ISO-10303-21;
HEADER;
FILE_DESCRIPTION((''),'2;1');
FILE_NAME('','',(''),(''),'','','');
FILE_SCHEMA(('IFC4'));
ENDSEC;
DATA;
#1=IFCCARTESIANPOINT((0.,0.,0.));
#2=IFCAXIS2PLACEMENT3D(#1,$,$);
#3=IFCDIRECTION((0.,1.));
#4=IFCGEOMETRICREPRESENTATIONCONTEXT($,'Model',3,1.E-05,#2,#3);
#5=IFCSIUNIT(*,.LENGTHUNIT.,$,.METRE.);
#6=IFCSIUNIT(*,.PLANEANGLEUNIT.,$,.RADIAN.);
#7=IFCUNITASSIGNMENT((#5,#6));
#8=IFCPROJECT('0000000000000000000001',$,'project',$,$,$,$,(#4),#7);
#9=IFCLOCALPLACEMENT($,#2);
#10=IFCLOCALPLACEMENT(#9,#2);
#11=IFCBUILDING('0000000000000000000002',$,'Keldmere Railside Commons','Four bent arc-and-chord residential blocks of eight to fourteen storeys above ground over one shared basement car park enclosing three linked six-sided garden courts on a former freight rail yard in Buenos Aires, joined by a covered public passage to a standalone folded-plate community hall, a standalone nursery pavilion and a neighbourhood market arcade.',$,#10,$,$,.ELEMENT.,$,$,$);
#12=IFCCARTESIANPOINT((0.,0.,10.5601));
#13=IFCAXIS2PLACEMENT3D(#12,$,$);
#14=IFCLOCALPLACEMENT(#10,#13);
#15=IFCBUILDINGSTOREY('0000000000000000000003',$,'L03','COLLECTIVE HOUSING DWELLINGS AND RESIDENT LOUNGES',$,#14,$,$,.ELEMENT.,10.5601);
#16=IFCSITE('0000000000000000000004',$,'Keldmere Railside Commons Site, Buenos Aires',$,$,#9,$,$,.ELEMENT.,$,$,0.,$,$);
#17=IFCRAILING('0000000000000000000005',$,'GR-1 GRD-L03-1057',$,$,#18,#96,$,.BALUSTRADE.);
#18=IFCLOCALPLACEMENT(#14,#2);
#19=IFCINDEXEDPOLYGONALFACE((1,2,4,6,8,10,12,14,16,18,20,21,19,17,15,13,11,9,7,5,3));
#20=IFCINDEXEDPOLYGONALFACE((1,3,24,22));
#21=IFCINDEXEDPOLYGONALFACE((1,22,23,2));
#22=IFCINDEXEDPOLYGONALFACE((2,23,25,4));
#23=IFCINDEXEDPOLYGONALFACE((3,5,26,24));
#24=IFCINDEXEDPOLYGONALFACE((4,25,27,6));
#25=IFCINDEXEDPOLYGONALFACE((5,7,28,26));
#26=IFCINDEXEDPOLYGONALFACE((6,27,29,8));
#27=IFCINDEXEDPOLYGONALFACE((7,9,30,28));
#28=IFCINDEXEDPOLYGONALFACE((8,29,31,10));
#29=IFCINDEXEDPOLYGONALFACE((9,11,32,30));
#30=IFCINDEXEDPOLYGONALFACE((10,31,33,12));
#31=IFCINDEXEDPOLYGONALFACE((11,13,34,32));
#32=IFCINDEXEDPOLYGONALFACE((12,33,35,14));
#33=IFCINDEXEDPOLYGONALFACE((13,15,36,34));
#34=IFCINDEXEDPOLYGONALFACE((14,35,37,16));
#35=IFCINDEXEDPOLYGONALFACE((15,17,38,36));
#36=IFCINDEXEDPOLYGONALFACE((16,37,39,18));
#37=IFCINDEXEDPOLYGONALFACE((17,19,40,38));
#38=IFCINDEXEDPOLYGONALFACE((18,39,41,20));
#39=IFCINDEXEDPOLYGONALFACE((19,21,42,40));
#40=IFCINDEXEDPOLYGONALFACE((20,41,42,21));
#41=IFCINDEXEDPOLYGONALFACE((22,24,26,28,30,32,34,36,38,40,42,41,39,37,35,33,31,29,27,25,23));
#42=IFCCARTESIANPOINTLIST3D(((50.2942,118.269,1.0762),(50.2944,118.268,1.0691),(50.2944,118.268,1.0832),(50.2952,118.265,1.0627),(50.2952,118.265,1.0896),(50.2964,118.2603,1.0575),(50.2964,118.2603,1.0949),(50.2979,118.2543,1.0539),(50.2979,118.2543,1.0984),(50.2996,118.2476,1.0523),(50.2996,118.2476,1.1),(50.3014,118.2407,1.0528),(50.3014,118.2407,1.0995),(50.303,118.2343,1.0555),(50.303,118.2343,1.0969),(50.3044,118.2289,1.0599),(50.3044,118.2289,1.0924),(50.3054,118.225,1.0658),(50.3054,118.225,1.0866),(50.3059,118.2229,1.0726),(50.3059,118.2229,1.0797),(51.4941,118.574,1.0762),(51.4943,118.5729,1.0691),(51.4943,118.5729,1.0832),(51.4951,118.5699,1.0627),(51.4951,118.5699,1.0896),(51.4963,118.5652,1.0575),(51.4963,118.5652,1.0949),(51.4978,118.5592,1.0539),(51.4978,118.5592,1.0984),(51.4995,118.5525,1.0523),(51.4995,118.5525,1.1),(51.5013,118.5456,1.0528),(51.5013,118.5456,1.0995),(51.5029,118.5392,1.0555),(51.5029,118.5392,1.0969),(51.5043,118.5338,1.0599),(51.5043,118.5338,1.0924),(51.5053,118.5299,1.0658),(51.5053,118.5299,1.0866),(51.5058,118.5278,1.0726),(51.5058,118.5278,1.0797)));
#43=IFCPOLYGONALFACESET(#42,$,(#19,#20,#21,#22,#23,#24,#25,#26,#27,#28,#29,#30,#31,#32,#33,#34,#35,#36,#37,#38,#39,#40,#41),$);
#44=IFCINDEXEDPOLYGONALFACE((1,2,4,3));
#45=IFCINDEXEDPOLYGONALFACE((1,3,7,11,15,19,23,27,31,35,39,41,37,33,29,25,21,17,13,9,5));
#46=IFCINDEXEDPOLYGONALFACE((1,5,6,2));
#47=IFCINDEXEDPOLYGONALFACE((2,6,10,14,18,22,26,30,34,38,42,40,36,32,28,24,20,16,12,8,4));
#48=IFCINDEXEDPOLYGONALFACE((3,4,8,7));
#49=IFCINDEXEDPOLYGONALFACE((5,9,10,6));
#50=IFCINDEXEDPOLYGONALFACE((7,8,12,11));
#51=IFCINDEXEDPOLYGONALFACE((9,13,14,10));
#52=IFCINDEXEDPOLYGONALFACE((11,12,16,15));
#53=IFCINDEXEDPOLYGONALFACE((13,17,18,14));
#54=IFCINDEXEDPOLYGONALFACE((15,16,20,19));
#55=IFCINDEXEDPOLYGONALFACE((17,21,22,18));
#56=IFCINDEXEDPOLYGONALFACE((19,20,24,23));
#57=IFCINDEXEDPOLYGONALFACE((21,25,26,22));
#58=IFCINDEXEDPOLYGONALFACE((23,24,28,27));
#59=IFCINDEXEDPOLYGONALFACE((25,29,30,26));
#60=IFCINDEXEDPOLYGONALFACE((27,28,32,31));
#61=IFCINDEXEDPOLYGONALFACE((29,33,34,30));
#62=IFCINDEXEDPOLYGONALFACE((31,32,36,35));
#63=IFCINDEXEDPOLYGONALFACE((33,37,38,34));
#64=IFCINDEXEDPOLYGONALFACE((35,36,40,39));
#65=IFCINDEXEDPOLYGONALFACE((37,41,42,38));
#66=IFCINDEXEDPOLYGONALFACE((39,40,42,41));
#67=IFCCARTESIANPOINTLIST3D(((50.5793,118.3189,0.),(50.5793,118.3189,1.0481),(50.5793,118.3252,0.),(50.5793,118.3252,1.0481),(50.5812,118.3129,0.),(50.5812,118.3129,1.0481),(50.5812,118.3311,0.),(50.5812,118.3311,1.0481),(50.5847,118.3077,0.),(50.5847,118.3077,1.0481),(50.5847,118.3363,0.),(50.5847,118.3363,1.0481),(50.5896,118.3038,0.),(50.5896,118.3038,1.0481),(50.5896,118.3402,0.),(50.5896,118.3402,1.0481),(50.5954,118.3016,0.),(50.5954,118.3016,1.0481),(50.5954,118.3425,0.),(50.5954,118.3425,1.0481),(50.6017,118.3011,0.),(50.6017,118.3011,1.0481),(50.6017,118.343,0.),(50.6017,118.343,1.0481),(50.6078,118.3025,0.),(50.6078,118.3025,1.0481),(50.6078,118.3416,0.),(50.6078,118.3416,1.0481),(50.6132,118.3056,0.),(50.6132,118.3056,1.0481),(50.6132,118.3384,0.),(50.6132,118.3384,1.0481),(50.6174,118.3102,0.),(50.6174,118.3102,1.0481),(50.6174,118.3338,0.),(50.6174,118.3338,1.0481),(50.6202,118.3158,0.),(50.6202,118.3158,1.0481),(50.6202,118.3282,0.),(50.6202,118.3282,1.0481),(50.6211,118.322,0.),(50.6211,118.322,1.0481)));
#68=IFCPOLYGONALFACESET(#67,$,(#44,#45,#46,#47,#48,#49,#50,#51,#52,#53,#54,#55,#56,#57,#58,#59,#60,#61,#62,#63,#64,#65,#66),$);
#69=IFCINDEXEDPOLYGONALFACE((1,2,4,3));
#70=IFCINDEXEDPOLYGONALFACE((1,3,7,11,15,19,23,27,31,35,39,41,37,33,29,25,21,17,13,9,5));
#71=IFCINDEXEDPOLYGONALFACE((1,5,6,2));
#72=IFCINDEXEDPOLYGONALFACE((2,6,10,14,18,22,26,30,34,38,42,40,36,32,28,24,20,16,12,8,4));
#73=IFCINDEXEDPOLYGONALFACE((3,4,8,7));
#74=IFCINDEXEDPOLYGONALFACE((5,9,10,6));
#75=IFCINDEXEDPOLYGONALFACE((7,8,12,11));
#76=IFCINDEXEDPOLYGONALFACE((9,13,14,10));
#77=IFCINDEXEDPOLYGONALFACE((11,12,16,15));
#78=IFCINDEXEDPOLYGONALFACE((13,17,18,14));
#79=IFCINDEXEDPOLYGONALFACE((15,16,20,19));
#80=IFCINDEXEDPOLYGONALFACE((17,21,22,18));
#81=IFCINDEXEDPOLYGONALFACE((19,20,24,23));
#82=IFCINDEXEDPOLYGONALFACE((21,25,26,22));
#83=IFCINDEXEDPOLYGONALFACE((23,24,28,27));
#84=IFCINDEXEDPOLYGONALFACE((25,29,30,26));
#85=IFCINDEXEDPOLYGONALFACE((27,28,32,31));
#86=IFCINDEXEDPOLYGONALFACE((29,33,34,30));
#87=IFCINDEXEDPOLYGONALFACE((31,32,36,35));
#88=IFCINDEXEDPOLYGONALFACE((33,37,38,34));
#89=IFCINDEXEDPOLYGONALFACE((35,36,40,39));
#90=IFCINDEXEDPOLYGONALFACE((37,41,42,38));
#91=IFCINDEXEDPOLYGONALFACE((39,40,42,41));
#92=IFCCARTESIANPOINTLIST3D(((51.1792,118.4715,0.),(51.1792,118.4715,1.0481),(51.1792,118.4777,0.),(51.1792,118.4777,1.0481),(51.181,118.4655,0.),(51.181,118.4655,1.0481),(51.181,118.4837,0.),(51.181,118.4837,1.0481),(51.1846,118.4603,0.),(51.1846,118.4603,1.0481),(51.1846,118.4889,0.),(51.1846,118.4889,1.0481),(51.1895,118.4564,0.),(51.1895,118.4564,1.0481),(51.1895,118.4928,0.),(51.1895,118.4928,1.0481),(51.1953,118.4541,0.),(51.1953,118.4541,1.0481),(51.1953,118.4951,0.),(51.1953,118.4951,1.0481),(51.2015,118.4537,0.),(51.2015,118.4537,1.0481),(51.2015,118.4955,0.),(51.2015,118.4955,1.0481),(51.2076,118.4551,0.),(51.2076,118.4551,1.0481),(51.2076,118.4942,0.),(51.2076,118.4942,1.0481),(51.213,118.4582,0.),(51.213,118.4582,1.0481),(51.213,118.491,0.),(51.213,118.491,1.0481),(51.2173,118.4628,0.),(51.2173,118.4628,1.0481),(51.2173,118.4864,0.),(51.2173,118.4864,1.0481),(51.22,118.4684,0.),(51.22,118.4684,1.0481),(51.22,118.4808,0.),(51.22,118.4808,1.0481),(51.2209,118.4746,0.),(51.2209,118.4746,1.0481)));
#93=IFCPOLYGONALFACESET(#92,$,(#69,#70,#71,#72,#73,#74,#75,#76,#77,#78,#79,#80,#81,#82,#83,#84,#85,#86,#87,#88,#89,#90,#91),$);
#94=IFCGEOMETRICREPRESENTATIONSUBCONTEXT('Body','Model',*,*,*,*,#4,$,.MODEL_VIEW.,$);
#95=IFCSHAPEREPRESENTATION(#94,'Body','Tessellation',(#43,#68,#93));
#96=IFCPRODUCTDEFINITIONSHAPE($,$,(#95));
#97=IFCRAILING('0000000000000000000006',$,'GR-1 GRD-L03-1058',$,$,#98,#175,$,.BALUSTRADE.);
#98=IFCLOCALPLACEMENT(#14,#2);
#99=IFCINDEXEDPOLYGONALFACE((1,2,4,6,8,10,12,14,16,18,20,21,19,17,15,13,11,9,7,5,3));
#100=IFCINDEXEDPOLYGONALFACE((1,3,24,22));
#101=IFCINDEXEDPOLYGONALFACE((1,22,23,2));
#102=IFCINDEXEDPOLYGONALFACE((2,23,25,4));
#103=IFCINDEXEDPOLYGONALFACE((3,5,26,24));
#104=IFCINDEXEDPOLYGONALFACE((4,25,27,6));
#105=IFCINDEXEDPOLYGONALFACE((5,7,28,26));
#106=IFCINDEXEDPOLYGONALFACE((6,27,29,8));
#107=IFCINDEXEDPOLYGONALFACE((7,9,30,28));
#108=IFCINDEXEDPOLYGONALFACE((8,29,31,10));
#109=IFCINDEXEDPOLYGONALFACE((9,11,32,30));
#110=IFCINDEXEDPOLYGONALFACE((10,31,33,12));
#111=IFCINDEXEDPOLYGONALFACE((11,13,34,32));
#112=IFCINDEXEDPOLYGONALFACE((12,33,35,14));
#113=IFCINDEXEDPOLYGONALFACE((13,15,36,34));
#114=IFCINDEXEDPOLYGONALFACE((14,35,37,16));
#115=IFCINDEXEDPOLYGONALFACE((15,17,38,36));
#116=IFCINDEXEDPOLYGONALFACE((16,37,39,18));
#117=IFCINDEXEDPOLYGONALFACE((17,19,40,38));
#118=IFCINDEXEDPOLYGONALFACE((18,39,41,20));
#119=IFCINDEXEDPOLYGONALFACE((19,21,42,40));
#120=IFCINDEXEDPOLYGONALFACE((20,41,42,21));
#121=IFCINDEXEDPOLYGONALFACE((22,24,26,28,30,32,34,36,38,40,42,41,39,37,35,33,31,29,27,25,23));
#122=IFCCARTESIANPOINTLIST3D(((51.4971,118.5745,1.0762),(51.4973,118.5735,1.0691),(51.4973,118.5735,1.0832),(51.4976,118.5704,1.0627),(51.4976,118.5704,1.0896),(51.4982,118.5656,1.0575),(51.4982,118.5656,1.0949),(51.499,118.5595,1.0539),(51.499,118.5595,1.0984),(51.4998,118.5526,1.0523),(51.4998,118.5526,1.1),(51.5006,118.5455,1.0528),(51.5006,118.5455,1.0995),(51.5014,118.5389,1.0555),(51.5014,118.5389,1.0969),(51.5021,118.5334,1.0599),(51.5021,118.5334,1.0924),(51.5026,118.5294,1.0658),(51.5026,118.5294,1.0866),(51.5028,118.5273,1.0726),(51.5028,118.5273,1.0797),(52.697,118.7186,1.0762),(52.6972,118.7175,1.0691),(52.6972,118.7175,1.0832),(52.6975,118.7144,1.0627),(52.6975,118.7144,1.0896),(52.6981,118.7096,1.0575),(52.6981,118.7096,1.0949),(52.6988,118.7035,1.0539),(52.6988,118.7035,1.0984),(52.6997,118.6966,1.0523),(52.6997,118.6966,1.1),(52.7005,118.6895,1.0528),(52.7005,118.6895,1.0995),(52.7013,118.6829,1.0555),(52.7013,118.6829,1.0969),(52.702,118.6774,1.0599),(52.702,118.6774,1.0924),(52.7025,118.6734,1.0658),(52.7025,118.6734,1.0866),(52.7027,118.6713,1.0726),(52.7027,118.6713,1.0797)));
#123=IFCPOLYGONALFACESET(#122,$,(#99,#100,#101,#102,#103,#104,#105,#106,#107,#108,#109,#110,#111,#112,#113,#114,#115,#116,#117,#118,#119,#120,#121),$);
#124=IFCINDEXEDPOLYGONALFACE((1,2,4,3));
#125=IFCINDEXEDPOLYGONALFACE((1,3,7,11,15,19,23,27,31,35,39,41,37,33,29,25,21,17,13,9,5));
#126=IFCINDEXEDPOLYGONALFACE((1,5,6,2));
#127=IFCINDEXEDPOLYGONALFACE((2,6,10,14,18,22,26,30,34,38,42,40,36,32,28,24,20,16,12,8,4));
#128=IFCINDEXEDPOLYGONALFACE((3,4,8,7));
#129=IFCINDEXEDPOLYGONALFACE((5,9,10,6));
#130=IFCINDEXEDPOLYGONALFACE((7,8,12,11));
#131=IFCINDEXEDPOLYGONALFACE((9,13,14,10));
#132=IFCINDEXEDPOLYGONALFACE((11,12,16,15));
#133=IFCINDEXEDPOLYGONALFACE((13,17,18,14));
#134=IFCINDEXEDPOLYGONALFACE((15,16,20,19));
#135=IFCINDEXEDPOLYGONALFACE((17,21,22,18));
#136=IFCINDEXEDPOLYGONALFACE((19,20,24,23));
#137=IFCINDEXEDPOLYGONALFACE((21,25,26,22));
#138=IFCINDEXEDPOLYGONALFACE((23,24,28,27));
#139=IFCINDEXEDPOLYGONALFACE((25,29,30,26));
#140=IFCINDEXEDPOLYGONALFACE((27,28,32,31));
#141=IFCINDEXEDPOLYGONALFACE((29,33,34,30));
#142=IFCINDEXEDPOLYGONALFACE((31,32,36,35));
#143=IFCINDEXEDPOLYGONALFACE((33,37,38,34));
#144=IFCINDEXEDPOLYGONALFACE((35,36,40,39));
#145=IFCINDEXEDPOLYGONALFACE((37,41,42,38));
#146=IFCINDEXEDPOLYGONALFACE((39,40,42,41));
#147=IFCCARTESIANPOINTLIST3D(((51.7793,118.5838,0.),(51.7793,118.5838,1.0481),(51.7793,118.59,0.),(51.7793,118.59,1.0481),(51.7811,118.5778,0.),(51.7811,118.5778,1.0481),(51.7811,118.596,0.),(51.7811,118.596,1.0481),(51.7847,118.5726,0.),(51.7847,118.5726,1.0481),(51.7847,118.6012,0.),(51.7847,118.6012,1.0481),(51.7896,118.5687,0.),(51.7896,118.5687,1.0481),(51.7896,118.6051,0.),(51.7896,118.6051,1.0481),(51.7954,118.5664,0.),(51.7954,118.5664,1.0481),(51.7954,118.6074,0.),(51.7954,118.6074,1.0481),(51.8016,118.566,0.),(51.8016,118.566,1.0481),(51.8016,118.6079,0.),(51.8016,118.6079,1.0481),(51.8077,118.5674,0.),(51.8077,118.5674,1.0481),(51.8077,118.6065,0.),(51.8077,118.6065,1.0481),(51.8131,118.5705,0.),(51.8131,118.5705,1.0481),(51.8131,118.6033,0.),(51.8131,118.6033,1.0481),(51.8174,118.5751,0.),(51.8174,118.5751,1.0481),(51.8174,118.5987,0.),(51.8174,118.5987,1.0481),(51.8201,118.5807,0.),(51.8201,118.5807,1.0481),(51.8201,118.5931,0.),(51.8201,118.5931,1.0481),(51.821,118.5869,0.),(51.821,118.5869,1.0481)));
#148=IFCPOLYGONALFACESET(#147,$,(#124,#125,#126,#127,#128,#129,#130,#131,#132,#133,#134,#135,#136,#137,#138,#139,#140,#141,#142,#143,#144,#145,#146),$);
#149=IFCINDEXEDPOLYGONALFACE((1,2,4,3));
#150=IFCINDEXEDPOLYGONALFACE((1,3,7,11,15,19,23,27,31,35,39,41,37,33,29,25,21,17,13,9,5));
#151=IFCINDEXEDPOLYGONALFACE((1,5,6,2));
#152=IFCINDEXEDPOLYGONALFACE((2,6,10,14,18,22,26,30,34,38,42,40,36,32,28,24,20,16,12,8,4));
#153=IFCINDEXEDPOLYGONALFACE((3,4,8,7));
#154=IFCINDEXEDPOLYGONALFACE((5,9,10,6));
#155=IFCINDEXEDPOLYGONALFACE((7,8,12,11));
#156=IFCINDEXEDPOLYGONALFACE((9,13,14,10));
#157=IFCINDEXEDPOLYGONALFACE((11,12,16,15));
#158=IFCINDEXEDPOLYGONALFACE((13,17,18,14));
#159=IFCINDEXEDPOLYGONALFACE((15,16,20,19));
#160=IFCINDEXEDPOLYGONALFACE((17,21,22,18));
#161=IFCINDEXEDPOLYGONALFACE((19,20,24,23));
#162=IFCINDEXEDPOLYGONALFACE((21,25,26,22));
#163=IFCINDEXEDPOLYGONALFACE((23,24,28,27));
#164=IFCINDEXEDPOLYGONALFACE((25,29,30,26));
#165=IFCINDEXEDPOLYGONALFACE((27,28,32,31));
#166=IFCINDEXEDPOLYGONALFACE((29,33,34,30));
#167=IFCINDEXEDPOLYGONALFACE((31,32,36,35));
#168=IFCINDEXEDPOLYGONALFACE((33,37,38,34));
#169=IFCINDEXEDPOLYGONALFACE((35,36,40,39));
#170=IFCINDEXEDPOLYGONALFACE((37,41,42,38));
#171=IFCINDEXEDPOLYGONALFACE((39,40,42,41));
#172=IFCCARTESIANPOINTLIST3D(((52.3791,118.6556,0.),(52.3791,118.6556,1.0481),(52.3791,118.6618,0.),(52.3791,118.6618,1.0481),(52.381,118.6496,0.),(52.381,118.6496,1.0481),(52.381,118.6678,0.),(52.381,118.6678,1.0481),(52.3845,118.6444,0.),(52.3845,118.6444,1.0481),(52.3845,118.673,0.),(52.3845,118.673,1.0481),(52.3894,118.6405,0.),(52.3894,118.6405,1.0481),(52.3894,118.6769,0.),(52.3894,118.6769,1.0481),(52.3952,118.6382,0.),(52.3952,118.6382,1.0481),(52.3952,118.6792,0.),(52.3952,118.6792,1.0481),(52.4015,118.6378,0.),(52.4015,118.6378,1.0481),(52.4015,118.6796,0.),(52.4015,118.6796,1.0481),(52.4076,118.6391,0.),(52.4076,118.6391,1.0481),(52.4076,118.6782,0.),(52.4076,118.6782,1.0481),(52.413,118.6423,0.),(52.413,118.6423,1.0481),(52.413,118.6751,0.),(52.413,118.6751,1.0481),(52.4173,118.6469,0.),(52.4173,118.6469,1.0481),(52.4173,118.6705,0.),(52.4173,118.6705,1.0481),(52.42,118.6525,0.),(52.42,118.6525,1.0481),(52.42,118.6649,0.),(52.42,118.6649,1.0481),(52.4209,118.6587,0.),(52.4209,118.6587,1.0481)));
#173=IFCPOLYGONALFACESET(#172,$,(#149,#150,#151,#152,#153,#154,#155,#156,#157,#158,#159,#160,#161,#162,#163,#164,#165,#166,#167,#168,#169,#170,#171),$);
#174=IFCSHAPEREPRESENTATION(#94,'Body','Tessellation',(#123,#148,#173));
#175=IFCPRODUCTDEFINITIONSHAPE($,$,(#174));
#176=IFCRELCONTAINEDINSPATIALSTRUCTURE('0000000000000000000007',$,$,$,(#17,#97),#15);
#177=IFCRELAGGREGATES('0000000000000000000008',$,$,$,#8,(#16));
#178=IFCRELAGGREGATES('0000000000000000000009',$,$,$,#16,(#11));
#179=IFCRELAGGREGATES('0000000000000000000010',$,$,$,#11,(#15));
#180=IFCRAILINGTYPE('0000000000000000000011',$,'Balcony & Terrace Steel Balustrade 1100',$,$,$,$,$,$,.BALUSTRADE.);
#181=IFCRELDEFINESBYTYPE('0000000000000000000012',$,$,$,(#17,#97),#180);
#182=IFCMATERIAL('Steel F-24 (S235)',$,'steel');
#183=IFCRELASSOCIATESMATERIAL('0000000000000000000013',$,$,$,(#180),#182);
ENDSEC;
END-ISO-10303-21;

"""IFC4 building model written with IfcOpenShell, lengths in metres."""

from ifc_helpers import new_model, si_unit, direction, frame, origin, origin_2d, place, context, subcontext, project, spatial, circle, extrude, material, type_object, element, save


model = new_model("IFC4")

# Units and contexts
model_context = context("Model", 3, precision=1e-05, world=origin(), true_north=direction((0.0, 1.0)))
body_context = subcontext(model_context, "Body", "Model", "MODEL_VIEW")
ifc_project = project(units=[si_unit("LENGTHUNIT", "METRE"), si_unit("PLANEANGLEUNIT", "RADIAN")], contexts=[model_context])

# Site, building, storey
site_placement = place(None, origin())
site = spatial("IfcSite", under=ifc_project, at=site_placement, Name="Keldmere Railside Commons Site, Buenos Aires", CompositionType="ELEMENT", RefElevation=0.0)
building_placement = place(site_placement, origin())
building = spatial("IfcBuilding", under=site, at=building_placement, Name="Keldmere Railside Commons", Description="Four bent arc-and-chord residential blocks of eight to fourteen storeys above ground over one shared basement car park enclosing three linked six-sided garden courts on a former freight rail yard in Buenos Aires, joined by a covered public passage to a standalone folded-plate community hall, a standalone nursery pavilion and a neighbourhood market arcade.", CompositionType="ELEMENT")
storey_placement = place(building_placement, frame((0.0, 0.0, 10.5601)))
storey = spatial("IfcBuildingStorey", under=building, at=storey_placement, Name="L03", Description="COLLECTIVE HOUSING DWELLINGS AND RESIDENT LOUNGES", CompositionType="ELEMENT", Elevation=10.5601)

# Railings
ifc_material_1 = material(Name="Steel F-24 (S235)", Category="steel")
railing_type = type_object("IfcRailingType", Name="Balcony & Terrace Steel Balustrade 1100", PredefinedType="BALUSTRADE", material=ifc_material_1)
railing_1_placement = place(storey_placement, frame((50.3, 118.2458, 0.0)))
element("IfcRailing", 1, at=railing_1_placement, inside=storey, type_object=railing_type, Name="GR-1 GRD-L03-1057", PredefinedType="BALUSTRADE", context=body_context, shape_type="SweptSolid", body=[
    extrude(circle(Radius=0.0239, at=origin_2d()), frame((0.0, 0.0, 1.0762), z_axis=(0.969196, 0.246292, 0.0), x_axis=(-0.246292, 0.969196, 0.0)), (0.0, 0.0, 1.0), 1.238),
    extrude(circle(Radius=0.021, at=origin_2d()), frame((0.3, 0.0762, 0.0)), (0.0, 0.0, 1.0), 1.0481),
    extrude(circle(Radius=0.021, at=origin_2d()), frame((0.8999, 0.2288, 0.0)), (0.0, 0.0, 1.0), 1.0481),
])
railing_2_placement = place(storey_placement, frame((51.5, 118.5508, 0.0)))
element("IfcRailing", 2, at=railing_2_placement, inside=storey, type_object=railing_type, Name="GR-1 GRD-L03-1058", PredefinedType="BALUSTRADE", context=body_context, shape_type="SweptSolid", body=[
    extrude(circle(Radius=0.0239, at=origin_2d()), frame((0.0, 0.0, 1.0762), z_axis=(0.992872, 0.119185, 0.0), x_axis=(-0.119185, 0.992872, 0.0)), (0.0, 0.0, 1.0), 1.2085),
    extrude(circle(Radius=0.021, at=origin_2d()), frame((0.3, 0.0361, 0.0)), (0.0, 0.0, 1.0), 1.0481),
    extrude(circle(Radius=0.021, at=origin_2d()), frame((0.8999, 0.1079, 0.0)), (0.0, 0.0, 1.0), 1.0481),
])

save(model, "model.ifc")
